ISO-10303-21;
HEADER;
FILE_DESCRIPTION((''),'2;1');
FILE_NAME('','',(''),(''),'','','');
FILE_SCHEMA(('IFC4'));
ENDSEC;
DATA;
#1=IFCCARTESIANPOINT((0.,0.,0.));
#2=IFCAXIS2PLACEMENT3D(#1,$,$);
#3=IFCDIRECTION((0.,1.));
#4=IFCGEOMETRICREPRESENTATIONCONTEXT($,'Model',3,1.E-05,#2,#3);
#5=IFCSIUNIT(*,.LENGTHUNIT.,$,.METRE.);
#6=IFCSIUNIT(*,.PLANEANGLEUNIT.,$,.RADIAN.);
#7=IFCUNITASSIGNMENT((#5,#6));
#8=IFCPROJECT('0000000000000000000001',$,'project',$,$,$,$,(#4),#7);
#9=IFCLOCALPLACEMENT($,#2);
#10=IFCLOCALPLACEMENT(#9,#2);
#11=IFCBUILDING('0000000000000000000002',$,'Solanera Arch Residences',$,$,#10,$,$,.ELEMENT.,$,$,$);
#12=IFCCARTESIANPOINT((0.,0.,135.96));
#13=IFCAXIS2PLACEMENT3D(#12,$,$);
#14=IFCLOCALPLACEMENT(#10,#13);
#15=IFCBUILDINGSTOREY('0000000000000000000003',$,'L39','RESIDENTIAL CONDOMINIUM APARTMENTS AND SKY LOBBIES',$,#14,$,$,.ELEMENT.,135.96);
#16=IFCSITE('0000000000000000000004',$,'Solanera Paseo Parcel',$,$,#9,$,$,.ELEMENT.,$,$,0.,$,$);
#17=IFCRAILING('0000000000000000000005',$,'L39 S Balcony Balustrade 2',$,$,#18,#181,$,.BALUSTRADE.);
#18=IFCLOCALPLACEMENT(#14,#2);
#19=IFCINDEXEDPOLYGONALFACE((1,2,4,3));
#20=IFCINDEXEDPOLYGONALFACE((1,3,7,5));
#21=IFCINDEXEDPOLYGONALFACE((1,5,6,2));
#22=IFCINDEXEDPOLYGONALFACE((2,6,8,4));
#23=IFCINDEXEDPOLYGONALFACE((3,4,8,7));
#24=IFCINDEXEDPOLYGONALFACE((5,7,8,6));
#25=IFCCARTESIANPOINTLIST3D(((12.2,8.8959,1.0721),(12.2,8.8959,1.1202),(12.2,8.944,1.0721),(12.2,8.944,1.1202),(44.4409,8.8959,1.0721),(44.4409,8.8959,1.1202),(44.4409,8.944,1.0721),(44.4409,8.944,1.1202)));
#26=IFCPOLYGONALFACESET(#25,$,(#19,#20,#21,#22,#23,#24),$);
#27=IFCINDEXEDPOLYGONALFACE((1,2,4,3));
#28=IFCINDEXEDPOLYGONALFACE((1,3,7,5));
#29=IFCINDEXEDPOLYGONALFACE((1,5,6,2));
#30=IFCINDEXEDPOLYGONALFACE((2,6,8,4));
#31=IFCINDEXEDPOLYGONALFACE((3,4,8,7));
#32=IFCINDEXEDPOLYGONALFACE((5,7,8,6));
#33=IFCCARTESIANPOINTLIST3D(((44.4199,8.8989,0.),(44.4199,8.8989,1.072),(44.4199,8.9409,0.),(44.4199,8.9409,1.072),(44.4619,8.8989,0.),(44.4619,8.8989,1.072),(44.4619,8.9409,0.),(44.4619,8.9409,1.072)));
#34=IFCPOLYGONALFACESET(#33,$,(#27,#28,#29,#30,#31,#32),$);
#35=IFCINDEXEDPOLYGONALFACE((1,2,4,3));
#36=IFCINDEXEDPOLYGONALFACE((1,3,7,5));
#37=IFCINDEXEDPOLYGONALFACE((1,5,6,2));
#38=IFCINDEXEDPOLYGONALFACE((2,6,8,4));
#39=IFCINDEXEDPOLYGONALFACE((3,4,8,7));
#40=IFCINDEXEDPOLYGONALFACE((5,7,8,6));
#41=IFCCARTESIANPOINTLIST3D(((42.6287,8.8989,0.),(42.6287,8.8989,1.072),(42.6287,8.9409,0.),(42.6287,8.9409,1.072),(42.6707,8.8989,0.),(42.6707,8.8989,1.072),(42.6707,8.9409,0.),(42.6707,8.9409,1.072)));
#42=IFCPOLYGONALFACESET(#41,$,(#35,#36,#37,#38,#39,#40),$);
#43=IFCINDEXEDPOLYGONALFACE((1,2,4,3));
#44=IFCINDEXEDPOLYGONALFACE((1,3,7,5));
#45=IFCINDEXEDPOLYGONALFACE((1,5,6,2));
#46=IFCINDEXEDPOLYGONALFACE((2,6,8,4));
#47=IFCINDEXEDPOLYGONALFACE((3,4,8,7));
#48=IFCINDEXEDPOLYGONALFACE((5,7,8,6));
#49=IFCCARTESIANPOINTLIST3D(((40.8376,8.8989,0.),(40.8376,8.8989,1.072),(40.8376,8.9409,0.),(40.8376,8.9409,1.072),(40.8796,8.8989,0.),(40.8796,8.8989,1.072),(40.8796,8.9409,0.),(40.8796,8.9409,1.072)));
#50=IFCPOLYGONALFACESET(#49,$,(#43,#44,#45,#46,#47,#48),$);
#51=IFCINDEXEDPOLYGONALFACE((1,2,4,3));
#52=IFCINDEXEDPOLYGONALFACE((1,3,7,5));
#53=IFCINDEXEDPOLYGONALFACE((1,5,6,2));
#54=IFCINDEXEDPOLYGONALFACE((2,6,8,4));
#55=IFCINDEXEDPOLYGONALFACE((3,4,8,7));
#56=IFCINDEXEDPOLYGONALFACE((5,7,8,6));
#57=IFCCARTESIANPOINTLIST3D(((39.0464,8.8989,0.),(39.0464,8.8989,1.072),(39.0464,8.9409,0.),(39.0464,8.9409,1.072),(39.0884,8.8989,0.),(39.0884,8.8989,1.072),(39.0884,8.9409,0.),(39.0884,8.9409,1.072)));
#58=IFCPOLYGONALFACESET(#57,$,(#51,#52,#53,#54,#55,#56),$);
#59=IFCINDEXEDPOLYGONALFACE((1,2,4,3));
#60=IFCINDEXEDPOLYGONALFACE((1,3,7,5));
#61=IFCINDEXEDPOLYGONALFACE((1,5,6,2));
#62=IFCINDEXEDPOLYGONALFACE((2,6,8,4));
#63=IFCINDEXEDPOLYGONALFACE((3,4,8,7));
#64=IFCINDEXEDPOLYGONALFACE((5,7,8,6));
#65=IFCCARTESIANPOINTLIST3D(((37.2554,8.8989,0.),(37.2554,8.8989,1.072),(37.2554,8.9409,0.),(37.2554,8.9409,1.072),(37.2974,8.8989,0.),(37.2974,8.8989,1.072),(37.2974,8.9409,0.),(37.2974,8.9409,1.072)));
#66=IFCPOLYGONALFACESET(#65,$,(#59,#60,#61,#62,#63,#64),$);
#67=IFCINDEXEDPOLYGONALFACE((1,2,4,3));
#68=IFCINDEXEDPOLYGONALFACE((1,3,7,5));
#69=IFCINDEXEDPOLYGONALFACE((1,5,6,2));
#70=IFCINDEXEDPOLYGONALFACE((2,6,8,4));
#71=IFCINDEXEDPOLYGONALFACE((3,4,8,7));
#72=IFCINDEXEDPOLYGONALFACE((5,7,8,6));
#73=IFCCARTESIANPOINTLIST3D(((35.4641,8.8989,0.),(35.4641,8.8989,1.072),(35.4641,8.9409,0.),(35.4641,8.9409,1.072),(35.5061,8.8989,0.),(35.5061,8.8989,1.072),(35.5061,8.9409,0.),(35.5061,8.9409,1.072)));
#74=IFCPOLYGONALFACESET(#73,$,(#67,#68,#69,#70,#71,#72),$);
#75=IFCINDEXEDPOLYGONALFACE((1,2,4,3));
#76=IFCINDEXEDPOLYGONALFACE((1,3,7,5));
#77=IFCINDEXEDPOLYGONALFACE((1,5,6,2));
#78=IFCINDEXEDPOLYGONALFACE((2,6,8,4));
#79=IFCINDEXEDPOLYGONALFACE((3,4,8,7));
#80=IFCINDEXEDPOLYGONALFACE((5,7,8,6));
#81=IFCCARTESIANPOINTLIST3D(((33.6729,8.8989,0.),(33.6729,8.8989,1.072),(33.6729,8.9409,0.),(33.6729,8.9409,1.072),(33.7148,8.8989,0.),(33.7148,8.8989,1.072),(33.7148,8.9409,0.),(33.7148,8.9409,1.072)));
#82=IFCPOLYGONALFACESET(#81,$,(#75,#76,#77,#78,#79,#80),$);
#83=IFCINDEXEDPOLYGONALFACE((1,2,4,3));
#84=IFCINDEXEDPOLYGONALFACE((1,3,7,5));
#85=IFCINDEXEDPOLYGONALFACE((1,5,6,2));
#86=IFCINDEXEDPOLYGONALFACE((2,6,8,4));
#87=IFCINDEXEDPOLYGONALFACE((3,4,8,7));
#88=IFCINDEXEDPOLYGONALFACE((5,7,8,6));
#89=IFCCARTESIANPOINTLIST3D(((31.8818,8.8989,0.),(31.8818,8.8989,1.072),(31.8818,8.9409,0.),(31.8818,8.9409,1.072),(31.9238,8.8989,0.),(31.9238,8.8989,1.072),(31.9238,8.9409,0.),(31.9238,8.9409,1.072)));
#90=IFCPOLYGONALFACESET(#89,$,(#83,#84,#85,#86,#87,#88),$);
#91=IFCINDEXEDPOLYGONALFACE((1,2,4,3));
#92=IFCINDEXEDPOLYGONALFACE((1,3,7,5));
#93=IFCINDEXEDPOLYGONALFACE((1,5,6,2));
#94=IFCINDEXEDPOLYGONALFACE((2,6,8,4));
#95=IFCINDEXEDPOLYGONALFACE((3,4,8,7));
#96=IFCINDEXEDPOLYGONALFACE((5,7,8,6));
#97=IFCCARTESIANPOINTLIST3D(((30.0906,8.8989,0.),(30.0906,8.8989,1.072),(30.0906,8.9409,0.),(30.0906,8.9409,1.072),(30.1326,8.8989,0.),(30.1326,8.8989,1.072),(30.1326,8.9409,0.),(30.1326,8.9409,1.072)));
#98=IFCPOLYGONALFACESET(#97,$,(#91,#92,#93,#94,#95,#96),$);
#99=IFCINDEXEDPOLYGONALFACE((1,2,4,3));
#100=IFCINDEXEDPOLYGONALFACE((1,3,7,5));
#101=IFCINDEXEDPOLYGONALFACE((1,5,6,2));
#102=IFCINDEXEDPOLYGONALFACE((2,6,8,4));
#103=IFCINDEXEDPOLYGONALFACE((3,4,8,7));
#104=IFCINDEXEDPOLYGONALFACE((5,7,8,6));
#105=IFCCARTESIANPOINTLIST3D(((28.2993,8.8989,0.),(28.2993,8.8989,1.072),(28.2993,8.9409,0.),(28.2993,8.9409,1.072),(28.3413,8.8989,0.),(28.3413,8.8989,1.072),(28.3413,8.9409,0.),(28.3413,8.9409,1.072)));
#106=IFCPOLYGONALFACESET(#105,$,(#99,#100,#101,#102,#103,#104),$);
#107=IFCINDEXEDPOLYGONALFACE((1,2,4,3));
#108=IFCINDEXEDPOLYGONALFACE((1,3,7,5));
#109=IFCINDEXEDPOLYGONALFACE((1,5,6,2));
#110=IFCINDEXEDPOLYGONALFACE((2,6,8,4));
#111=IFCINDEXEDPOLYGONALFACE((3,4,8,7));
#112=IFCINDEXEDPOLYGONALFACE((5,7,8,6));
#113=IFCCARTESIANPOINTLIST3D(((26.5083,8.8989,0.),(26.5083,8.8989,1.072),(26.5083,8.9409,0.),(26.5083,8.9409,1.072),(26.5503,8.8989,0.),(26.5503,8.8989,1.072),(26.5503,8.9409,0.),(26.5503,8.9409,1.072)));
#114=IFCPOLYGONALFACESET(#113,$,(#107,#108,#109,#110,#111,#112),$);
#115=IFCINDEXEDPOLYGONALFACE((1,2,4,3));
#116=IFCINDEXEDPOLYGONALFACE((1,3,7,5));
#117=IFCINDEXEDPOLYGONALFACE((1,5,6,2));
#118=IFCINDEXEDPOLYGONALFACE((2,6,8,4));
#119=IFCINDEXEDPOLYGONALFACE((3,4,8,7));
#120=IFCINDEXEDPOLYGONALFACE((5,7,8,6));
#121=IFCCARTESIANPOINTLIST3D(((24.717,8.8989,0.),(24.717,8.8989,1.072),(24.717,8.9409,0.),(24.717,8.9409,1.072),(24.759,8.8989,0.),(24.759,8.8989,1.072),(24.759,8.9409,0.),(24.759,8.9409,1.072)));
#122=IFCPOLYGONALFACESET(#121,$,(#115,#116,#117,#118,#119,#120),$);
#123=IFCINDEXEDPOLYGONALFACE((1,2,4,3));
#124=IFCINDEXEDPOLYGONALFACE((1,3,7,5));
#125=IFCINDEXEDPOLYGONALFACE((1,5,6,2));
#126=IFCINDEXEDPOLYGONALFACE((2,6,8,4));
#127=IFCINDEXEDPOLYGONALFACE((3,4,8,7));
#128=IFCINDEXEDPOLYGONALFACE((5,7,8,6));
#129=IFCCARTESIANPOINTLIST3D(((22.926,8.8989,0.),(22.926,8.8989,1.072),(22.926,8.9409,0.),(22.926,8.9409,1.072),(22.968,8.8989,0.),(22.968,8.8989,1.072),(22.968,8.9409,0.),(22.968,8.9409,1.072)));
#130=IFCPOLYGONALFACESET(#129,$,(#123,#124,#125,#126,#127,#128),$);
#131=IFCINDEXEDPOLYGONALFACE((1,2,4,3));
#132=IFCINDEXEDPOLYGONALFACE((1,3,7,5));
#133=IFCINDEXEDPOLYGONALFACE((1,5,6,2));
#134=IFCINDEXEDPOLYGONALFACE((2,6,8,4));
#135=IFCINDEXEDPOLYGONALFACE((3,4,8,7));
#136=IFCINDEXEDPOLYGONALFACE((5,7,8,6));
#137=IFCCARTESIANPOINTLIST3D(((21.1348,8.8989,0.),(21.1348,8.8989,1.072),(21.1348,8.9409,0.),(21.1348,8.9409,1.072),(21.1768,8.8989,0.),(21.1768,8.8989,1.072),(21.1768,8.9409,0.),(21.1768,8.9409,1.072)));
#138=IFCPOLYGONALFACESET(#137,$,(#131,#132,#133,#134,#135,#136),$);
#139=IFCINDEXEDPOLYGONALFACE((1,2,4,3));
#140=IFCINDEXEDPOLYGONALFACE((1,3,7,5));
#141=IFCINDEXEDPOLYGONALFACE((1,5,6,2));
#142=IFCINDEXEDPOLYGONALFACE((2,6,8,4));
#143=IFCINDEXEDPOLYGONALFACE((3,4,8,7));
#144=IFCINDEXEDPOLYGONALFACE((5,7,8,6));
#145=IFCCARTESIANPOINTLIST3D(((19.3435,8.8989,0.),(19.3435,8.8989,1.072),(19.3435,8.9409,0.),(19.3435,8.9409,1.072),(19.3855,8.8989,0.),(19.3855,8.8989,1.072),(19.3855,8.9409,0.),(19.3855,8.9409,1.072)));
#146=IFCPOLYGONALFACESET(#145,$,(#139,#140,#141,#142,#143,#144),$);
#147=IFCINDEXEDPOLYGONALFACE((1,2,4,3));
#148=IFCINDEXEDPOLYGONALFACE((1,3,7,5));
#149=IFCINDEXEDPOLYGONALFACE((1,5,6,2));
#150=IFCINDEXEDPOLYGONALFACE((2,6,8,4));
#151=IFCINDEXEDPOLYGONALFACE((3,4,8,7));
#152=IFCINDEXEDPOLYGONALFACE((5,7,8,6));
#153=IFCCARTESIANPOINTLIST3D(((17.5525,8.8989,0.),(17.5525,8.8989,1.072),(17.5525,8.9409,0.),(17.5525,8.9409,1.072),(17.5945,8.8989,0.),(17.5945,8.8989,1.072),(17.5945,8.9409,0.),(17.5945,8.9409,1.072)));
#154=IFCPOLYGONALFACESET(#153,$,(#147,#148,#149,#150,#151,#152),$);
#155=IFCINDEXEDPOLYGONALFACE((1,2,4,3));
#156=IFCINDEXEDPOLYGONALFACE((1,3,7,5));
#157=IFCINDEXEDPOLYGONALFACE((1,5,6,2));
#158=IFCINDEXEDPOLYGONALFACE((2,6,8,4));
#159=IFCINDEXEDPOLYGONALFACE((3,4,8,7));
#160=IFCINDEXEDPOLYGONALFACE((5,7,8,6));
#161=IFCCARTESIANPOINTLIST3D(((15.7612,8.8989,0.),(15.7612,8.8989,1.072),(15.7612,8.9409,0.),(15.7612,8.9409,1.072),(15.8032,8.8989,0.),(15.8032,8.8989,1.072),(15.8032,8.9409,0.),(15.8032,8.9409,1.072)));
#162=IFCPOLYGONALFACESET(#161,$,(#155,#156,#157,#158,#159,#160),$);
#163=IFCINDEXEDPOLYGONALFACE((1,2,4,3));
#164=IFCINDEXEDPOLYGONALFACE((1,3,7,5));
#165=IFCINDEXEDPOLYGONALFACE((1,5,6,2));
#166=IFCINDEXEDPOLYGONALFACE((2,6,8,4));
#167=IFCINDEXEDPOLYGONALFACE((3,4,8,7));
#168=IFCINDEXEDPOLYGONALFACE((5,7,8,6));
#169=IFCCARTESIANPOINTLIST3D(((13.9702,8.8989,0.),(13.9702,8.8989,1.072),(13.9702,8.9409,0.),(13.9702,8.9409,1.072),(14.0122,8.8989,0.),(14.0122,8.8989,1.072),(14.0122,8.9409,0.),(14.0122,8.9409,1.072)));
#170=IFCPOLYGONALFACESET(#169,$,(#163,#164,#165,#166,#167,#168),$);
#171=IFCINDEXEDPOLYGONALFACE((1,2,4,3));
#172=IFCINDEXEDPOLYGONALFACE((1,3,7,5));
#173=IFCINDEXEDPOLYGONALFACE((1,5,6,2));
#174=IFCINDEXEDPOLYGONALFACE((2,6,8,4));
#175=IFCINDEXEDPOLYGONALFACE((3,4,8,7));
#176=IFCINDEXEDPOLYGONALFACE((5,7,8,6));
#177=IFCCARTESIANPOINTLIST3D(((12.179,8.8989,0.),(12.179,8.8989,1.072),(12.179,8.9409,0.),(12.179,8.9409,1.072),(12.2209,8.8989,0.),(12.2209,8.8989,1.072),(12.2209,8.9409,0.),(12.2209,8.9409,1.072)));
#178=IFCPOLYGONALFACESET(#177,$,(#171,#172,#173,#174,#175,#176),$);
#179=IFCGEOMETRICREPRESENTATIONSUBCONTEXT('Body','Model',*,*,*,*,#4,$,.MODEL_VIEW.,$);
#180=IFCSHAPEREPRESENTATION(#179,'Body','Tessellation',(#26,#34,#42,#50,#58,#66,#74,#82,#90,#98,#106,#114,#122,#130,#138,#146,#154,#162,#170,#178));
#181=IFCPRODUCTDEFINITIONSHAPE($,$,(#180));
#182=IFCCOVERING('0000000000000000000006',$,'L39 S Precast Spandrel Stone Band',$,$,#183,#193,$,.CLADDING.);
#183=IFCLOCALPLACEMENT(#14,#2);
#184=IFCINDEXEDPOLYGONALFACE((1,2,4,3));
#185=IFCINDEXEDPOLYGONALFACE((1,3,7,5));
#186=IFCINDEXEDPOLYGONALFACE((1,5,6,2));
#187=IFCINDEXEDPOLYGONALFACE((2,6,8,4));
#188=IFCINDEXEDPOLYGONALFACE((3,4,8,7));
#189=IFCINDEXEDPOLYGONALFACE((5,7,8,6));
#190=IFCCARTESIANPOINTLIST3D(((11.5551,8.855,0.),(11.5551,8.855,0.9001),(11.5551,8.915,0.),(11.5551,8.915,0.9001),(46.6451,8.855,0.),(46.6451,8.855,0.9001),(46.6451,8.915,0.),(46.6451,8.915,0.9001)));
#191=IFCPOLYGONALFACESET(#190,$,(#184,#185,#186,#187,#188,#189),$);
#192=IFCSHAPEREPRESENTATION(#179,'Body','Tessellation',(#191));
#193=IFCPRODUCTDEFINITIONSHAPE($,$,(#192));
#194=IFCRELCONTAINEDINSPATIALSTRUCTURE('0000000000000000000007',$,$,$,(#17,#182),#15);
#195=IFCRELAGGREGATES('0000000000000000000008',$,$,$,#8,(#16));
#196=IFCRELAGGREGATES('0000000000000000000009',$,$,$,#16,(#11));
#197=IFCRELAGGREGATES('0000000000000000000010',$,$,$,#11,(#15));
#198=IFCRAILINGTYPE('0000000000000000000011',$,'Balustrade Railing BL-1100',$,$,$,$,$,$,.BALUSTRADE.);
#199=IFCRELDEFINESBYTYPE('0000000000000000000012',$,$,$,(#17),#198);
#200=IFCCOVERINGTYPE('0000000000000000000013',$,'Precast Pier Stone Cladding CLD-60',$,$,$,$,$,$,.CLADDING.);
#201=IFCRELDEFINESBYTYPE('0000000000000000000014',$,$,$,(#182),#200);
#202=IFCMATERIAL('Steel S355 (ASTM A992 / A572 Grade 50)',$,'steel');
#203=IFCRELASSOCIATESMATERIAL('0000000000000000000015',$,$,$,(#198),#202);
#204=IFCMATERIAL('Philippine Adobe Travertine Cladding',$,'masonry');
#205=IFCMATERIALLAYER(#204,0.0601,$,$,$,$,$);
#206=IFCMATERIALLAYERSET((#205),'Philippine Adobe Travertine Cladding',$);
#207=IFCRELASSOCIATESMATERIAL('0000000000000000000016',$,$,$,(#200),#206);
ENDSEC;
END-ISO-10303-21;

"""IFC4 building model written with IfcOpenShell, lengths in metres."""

from ifc_helpers import new_model, si_unit, direction, frame, frame_2d, origin, origin_2d, place, context, subcontext, project, spatial, rectangle, extrude, material, layer, layer_set, type_object, element, save


model = new_model("IFC4")

# Units and contexts
model_context = context("Model", 3, precision=1e-05, world=origin(), true_north=direction((0.0, 1.0)))
body_context = subcontext(model_context, "Body", "Model", "MODEL_VIEW")
ifc_project = project(units=[si_unit("LENGTHUNIT", "METRE"), si_unit("PLANEANGLEUNIT", "RADIAN")], contexts=[model_context])

# Site, building, storey
site_placement = place(None, origin())
site = spatial("IfcSite", under=ifc_project, at=site_placement, Name="Solanera Paseo Parcel", CompositionType="ELEMENT", RefElevation=0.0)
building_placement = place(site_placement, origin())
building = spatial("IfcBuilding", under=site, at=building_placement, Name="Solanera Arch Residences", CompositionType="ELEMENT")
storey_placement = place(building_placement, frame((0.0, 0.0, 135.96)))
storey = spatial("IfcBuildingStorey", under=building, at=storey_placement, Name="L39", Description="RESIDENTIAL CONDOMINIUM APARTMENTS AND SKY LOBBIES", CompositionType="ELEMENT", Elevation=135.96)

# Railing
ifc_material_1 = material(Name="Steel S355 (ASTM A992 / A572 Grade 50)", Category="steel")
railing_type = type_object("IfcRailingType", Name="Balustrade Railing BL-1100", PredefinedType="BALUSTRADE", material=ifc_material_1)
railing_placement = place(storey_placement, frame((44.4409, 8.9199, 0.0)))
element("IfcRailing", 1, at=railing_placement, inside=storey, type_object=railing_type, Name="L39 S Balcony Balustrade 2", PredefinedType="BALUSTRADE", context=body_context, shape_type="SweptSolid", body=[
    extrude(rectangle(XDim=0.0481, YDim=0.0481, at=origin_2d()), frame((0.0, 0.0, 1.0962), z_axis=(-1.0, 0.0, 0.0), x_axis=(0.0, -1.0, 0.0)), (0.0, 0.0, 1.0), 32.241),
    extrude(rectangle(XDim=0.042, YDim=0.042, at=origin_2d()), origin(), (0.0, 0.0, 1.0), 1.072),
    extrude(rectangle(XDim=0.042, YDim=0.042, at=origin_2d()), frame((-1.7913, 0.0, 0.0)), (0.0, 0.0, 1.0), 1.072),
    extrude(rectangle(XDim=0.042, YDim=0.042, at=origin_2d()), frame((-3.5823, 0.0, 0.0)), (0.0, 0.0, 1.0), 1.072),
    extrude(rectangle(XDim=0.042, YDim=0.042, at=origin_2d()), frame((-5.3735, 0.0, 0.0)), (0.0, 0.0, 1.0), 1.072),
    extrude(rectangle(XDim=0.042, YDim=0.042, at=origin_2d()), frame((-7.1646, 0.0, 0.0)), (0.0, 0.0, 1.0), 1.072),
    extrude(rectangle(XDim=0.042, YDim=0.042, at=origin_2d()), frame((-8.9558, 0.0, 0.0)), (0.0, 0.0, 1.0), 1.072),
    extrude(rectangle(XDim=0.042, YDim=0.042, at=origin_2d()), frame((-10.7471, 0.0, 0.0)), (0.0, 0.0, 1.0), 1.072),
    extrude(rectangle(XDim=0.042, YDim=0.042, at=origin_2d()), frame((-12.5381, 0.0, 0.0)), (0.0, 0.0, 1.0), 1.072),
    extrude(rectangle(XDim=0.042, YDim=0.042, at=origin_2d()), frame((-14.3293, 0.0, 0.0)), (0.0, 0.0, 1.0), 1.072),
    extrude(rectangle(XDim=0.042, YDim=0.042, at=origin_2d()), frame((-16.1206, 0.0, 0.0)), (0.0, 0.0, 1.0), 1.072),
    extrude(rectangle(XDim=0.042, YDim=0.042, at=origin_2d()), frame((-17.9116, 0.0, 0.0)), (0.0, 0.0, 1.0), 1.072),
    extrude(rectangle(XDim=0.042, YDim=0.042, at=origin_2d()), frame((-19.7029, 0.0, 0.0)), (0.0, 0.0, 1.0), 1.072),
    extrude(rectangle(XDim=0.042, YDim=0.042, at=origin_2d()), frame((-21.4939, 0.0, 0.0)), (0.0, 0.0, 1.0), 1.072),
    extrude(rectangle(XDim=0.042, YDim=0.042, at=origin_2d()), frame((-23.2852, 0.0, 0.0)), (0.0, 0.0, 1.0), 1.072),
    extrude(rectangle(XDim=0.042, YDim=0.042, at=origin_2d()), frame((-25.0764, 0.0, 0.0)), (0.0, 0.0, 1.0), 1.072),
    extrude(rectangle(XDim=0.042, YDim=0.042, at=origin_2d()), frame((-26.8674, 0.0, 0.0)), (0.0, 0.0, 1.0), 1.072),
    extrude(rectangle(XDim=0.042, YDim=0.042, at=origin_2d()), frame((-28.6587, 0.0, 0.0)), (0.0, 0.0, 1.0), 1.072),
    extrude(rectangle(XDim=0.042, YDim=0.042, at=origin_2d()), frame((-30.4497, 0.0, 0.0)), (0.0, 0.0, 1.0), 1.072),
    extrude(rectangle(XDim=0.042, YDim=0.042, at=origin_2d()), frame((-32.241, 0.0, 0.0)), (0.0, 0.0, 1.0), 1.072),
])

# Covering
ifc_material_2 = material(Name="Philippine Adobe Travertine Cladding", Category="masonry")
ifc_layer_1 = layer(ifc_material_2, 0.0601)
ifc_layer_set_1 = layer_set([ifc_layer_1], Name="Philippine Adobe Travertine Cladding")
covering_type = type_object("IfcCoveringType", Name="Precast Pier Stone Cladding CLD-60", PredefinedType="CLADDING", material=ifc_layer_set_1)
covering_placement = place(storey_placement, frame((46.645, 8.885, 0.0), z_axis=(0.0, 0.0, 1.0), x_axis=(-1.0, 0.0, 0.0)))
element("IfcCovering", 2, at=covering_placement, inside=storey, type_object=covering_type, Name="L39 S Precast Spandrel Stone Band", PredefinedType="CLADDING", context=body_context, shape_type="SweptSolid", body=[
    extrude(rectangle(XDim=35.0901, YDim=0.0601, at=frame_2d((17.5449, 0.0))), origin(), (0.0, 0.0, 1.0), 0.9001),
])

save(model, "model.ifc")
